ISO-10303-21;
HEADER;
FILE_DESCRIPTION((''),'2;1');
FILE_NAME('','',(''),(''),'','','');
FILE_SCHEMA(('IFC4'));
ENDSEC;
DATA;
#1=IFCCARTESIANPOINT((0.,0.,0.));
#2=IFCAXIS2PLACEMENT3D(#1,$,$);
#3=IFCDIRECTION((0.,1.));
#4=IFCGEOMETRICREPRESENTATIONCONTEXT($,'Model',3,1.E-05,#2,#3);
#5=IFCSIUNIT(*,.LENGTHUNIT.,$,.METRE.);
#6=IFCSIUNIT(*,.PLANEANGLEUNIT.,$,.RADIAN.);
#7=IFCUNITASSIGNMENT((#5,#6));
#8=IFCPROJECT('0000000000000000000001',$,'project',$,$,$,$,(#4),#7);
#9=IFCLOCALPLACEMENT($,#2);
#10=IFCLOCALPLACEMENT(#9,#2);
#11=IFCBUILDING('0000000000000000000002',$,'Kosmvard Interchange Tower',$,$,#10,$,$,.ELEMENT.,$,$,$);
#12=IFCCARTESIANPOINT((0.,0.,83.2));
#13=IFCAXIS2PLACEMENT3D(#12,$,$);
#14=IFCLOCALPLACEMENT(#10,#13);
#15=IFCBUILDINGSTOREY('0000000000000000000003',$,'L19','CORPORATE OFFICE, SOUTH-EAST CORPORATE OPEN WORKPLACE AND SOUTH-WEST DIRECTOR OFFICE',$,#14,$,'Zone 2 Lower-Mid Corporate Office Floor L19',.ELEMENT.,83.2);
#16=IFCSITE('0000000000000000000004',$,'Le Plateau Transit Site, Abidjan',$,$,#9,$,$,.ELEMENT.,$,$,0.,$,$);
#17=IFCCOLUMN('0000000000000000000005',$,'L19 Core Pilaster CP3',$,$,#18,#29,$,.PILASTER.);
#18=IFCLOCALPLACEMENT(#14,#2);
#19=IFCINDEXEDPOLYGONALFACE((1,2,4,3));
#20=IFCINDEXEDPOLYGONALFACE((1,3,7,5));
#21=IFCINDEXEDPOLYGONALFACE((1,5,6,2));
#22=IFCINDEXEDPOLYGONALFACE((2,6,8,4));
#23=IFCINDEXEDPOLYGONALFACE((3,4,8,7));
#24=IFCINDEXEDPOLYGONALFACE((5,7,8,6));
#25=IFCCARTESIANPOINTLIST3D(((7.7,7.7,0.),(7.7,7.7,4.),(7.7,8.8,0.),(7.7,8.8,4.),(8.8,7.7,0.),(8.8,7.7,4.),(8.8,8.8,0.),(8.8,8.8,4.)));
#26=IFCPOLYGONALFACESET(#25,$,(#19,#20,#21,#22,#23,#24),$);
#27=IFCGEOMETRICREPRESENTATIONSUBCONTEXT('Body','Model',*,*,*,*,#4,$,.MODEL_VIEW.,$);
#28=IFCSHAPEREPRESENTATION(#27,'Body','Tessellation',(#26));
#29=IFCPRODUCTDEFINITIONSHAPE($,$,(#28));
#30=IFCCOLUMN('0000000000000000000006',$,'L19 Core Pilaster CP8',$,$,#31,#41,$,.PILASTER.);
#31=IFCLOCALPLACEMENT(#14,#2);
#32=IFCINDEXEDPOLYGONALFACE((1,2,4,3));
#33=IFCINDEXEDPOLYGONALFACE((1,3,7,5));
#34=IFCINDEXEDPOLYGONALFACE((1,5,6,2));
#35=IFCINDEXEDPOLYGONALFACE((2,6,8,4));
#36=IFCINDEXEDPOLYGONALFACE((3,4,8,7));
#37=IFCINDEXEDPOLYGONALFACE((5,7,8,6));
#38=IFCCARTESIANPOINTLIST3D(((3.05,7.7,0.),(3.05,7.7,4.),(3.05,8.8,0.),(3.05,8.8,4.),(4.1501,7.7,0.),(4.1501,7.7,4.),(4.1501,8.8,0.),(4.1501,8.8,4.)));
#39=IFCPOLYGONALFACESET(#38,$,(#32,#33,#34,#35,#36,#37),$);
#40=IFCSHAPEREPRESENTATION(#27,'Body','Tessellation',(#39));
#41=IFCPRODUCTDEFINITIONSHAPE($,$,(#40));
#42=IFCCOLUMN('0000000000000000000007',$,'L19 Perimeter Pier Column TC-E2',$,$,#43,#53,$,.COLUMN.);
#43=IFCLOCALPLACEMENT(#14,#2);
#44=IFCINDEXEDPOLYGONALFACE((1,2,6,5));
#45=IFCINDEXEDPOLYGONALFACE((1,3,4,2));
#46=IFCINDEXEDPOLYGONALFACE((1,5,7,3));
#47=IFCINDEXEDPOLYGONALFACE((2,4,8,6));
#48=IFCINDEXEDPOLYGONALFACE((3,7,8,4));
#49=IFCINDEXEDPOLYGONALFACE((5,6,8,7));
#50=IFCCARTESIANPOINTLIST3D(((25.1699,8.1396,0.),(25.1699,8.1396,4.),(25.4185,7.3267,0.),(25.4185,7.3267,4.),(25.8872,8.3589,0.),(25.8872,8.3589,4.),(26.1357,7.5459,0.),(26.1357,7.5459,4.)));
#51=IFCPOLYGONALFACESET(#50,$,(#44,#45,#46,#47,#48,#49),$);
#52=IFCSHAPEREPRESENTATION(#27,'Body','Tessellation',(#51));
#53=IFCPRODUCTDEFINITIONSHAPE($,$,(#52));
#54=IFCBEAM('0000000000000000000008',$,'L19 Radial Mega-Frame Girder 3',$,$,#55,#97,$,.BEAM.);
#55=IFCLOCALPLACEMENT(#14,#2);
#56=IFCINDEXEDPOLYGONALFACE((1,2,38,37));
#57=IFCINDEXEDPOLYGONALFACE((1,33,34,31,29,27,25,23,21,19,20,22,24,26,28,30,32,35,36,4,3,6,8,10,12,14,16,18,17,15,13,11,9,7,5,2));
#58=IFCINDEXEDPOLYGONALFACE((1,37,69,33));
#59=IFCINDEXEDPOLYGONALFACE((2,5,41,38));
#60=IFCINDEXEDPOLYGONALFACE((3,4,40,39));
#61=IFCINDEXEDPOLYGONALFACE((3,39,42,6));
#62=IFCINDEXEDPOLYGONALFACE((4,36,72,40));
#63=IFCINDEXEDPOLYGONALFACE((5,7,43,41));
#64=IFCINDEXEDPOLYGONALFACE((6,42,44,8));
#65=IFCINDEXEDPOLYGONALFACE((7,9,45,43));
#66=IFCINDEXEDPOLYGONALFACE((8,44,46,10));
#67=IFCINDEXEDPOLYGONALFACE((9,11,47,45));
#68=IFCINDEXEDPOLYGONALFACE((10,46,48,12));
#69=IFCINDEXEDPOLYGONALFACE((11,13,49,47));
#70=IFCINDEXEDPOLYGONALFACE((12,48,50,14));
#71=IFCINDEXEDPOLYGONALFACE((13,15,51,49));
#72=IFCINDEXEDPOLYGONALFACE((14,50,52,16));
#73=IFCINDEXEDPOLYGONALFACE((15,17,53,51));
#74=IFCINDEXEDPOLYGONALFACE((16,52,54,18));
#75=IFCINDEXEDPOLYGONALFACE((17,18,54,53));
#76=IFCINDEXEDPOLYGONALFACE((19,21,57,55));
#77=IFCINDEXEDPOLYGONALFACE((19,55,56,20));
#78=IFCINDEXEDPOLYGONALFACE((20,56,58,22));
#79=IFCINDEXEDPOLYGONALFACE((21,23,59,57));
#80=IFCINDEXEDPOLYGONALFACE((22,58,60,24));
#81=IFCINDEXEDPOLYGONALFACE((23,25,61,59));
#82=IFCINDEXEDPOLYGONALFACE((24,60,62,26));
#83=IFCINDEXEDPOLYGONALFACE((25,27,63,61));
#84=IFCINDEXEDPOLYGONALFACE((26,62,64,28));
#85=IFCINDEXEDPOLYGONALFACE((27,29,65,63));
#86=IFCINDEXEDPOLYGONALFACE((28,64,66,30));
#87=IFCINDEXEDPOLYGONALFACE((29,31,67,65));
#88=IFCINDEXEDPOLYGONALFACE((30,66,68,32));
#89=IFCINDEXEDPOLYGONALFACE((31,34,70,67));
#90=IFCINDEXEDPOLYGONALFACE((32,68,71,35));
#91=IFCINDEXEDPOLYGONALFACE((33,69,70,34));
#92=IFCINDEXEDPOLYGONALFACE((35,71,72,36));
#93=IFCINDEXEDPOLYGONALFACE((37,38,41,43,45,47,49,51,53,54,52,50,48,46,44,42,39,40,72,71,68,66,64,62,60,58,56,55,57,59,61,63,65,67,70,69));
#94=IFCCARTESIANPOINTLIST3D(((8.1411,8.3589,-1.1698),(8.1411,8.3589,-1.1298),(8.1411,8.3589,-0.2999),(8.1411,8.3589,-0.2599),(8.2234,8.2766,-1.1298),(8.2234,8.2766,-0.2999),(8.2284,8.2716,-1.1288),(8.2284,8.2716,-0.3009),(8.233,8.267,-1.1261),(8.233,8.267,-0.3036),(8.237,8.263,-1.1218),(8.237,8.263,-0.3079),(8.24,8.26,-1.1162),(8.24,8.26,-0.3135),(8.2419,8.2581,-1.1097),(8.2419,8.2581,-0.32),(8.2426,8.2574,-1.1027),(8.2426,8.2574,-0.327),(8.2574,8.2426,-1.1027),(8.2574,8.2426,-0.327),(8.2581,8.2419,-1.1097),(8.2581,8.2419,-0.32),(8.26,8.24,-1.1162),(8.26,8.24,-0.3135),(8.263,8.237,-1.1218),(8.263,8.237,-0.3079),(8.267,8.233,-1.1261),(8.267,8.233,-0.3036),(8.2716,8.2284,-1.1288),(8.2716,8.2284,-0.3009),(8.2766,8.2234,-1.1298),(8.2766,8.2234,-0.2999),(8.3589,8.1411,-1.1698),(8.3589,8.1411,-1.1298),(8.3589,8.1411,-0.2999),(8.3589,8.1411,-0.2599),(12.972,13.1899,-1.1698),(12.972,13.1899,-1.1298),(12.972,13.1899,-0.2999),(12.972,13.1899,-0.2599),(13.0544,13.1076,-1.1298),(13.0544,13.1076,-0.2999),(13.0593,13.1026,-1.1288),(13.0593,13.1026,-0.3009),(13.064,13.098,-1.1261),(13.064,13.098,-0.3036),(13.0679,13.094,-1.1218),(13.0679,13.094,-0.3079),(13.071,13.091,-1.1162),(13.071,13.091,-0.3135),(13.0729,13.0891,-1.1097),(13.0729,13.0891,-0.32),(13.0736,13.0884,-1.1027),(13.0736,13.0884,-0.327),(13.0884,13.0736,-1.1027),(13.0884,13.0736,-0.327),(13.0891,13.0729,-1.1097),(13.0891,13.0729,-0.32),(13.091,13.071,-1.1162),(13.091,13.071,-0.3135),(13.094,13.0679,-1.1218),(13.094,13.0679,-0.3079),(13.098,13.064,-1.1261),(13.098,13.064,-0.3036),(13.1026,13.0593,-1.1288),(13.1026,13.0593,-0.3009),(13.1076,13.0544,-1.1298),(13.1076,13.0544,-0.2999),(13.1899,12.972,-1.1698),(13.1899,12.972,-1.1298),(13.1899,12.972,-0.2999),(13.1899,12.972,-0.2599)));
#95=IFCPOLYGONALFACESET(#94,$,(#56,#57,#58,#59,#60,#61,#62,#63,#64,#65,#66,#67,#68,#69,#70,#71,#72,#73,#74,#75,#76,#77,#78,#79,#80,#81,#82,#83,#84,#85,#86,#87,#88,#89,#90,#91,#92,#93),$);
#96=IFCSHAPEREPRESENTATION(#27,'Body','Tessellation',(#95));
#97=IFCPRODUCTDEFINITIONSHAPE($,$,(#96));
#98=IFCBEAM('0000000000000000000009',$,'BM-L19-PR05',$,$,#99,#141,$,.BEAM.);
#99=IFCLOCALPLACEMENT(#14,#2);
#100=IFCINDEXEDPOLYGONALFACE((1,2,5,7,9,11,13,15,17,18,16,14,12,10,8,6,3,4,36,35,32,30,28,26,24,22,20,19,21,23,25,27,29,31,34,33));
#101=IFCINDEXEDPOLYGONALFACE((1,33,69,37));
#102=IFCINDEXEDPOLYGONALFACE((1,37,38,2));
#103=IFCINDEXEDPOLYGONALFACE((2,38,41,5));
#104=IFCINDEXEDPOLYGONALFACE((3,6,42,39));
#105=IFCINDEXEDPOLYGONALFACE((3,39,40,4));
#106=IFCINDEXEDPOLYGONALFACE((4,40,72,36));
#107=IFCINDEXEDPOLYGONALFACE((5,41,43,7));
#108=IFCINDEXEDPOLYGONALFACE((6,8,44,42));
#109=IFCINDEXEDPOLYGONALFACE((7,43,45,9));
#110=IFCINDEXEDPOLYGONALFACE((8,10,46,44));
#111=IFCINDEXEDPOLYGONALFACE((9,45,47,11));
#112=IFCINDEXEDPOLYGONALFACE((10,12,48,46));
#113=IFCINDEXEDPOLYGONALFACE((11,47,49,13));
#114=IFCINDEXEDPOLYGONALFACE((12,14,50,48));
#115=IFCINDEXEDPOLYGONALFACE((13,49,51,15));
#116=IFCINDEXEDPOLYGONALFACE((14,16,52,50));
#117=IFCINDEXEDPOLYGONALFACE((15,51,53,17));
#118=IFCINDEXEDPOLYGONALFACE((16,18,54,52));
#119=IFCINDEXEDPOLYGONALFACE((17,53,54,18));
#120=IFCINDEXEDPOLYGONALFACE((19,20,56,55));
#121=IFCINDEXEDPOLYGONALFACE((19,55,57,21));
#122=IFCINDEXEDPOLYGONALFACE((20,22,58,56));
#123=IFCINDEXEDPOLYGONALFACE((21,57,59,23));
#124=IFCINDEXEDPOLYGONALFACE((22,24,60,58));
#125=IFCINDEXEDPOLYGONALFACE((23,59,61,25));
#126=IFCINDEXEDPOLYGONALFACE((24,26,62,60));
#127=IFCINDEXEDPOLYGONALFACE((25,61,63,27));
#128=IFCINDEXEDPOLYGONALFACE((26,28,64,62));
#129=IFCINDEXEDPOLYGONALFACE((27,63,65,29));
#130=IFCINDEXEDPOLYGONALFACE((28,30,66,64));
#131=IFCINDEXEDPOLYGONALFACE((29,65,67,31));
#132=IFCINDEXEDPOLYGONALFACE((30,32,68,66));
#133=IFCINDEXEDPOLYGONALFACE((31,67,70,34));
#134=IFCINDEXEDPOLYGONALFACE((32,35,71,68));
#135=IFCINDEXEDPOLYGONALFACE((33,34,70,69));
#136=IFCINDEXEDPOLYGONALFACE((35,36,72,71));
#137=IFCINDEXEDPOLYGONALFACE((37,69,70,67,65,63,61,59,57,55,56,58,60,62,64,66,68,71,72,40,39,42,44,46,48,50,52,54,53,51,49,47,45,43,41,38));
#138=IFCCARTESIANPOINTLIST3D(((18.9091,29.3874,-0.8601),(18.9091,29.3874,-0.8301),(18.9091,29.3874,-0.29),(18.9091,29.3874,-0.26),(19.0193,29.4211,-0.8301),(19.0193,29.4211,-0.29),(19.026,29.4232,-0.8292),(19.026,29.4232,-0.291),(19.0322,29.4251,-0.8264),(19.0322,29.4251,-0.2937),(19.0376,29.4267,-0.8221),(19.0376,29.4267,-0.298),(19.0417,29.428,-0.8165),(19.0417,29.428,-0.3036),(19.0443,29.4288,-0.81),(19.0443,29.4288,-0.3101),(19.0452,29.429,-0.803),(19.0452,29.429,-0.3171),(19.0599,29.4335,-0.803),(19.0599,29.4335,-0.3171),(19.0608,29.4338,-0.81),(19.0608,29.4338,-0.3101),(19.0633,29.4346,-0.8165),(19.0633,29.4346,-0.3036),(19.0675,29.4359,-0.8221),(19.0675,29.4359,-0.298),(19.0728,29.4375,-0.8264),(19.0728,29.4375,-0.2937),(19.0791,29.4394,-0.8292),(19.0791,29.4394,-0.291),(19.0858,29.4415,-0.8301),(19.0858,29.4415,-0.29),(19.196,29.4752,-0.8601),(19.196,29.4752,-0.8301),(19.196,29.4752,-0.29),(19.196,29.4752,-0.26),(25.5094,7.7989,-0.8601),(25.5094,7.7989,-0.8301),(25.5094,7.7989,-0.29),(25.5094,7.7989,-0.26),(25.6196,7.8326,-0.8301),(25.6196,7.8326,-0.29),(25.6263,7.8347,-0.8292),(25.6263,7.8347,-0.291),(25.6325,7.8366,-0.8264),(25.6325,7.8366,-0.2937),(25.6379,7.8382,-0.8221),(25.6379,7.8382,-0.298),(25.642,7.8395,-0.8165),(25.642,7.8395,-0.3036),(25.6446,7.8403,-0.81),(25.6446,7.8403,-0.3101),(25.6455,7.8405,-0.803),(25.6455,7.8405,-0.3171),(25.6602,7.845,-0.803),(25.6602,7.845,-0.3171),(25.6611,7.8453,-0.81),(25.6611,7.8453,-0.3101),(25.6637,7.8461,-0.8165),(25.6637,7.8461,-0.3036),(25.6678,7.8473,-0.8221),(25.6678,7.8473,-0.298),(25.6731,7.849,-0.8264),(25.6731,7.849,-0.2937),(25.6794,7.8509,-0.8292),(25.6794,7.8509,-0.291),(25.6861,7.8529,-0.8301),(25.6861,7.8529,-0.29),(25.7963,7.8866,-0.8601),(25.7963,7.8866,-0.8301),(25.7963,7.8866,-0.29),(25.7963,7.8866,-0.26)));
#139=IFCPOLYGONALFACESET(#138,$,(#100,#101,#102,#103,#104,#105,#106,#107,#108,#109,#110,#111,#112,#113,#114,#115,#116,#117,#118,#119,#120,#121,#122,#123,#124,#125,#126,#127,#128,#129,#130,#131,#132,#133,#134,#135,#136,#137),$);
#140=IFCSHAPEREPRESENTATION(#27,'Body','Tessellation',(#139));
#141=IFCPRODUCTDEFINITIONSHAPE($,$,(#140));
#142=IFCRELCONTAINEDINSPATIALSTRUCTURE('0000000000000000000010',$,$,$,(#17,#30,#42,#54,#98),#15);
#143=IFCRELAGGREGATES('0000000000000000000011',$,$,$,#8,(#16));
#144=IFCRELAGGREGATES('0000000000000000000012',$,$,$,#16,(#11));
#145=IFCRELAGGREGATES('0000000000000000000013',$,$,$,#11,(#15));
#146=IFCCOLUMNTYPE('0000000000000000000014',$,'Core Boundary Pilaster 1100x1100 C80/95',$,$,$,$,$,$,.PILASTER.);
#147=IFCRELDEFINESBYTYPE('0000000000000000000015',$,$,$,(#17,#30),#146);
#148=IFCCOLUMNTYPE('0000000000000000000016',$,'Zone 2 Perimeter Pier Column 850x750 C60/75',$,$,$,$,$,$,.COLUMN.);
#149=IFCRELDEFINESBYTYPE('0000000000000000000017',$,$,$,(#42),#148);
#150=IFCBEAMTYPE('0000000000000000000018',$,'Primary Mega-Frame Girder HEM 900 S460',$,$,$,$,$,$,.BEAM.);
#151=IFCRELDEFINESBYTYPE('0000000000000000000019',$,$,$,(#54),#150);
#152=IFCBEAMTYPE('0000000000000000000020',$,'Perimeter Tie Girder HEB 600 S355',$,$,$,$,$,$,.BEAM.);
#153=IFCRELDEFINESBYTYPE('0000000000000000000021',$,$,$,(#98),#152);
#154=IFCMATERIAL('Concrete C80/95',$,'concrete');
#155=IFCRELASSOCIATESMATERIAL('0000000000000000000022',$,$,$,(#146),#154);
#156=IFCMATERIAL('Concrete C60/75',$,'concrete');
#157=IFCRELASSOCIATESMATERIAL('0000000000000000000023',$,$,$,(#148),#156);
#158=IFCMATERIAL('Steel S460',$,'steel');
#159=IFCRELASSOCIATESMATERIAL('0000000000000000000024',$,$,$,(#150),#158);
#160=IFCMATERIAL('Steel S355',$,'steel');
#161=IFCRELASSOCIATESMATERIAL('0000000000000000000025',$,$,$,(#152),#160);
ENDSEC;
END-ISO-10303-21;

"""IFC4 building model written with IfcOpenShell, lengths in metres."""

from ifc_helpers import new_model, si_unit, direction, frame, origin, origin_2d, place, context, subcontext, project, spatial, rectangle, i_section, extrude, source, transform, mapped, material, material_profile, profile_set, type_object, element, save


model = new_model("IFC4")

# Units and contexts
model_context = context("Model", 3, precision=1e-05, world=origin(), true_north=direction((0.0, 1.0)))
body_context = subcontext(model_context, "Body", "Model", "MODEL_VIEW")
ifc_project = project(units=[si_unit("LENGTHUNIT", "METRE"), si_unit("PLANEANGLEUNIT", "RADIAN")], contexts=[model_context])

# Site, building, storey
site_placement = place(None, origin())
site = spatial("IfcSite", under=ifc_project, at=site_placement, Name="Le Plateau Transit Site, Abidjan", CompositionType="ELEMENT", RefElevation=0.0)
building_placement = place(site_placement, origin())
building = spatial("IfcBuilding", under=site, at=building_placement, Name="Kosmvard Interchange Tower", CompositionType="ELEMENT")
storey_placement = place(building_placement, frame((0.0, 0.0, 83.2)))
storey = spatial("IfcBuildingStorey", under=building, at=storey_placement, Name="L19", Description="CORPORATE OFFICE, SOUTH-EAST CORPORATE OPEN WORKPLACE AND SOUTH-WEST DIRECTOR OFFICE", LongName="Zone 2 Lower-Mid Corporate Office Floor L19", CompositionType="ELEMENT", Elevation=83.2)

# Columns
ifc_material_1 = material(Name="Concrete C80/95", Category="concrete")
ifc_material_profile_1 = material_profile(ifc_material_1, rectangle(XDim=1.1001, YDim=1.1001, at=origin_2d()), Name="CP 1100x1100")
ifc_profile_set_1 = profile_set([ifc_material_profile_1], Name="Concrete C80/95")
column_type_1 = type_object("IfcColumnType", Name="Core Boundary Pilaster 1100x1100 C80/95", PredefinedType="PILASTER", material=ifc_profile_set_1)
shared_shape_1 = source(origin(), body_context, "Body", "SweptSolid", [
    extrude(rectangle(XDim=1.1001, YDim=1.1001, at=origin_2d()), origin(), (0.0, 0.0, 1.0), 4.0),
])
for number, where, z_axis, x_axis, name in (
    (1, (8.25, 8.25, 0.0), (0.0, 0.0, 1.0), (1.0, 0.0, 0.0), "L19 Core Pilaster CP3"),
    (2, (3.6001, 8.25, 0.0), (0.0, 0.0, 1.0), (1.0, 0.0, 0.0), "L19 Core Pilaster CP8"),
):
    element("IfcColumn", number, at=place(storey_placement, frame(where, z_axis=z_axis, x_axis=x_axis)), inside=storey, type_object=column_type_1, Name=name, PredefinedType="PILASTER", context=body_context, shape_type="MappedRepresentation", body=[
        mapped(shared_shape_1, transform((0.0, 0.0, 0.0), scale=1.0)),
    ])
ifc_material_2 = material(Name="Concrete C60/75", Category="concrete")
ifc_material_profile_2 = material_profile(ifc_material_2, rectangle(XDim=0.75, YDim=0.8501, at=origin_2d()), Name="TC 850x750")
ifc_profile_set_2 = profile_set([ifc_material_profile_2], Name="Concrete C60/75")
column_type_2 = type_object("IfcColumnType", Name="Zone 2 Perimeter Pier Column 850x750 C60/75", PredefinedType="COLUMN", material=ifc_profile_set_2)
shared_shape_2 = source(origin(), body_context, "Body", "SweptSolid", [
    extrude(rectangle(XDim=0.75, YDim=0.8501, at=origin_2d()), origin(), (0.0, 0.0, 1.0), 4.0),
])
column_placement = place(storey_placement, frame((25.6528, 7.8428, 0.0), z_axis=(0.0, 0.0, 1.0), x_axis=(0.956305, 0.292372, 0.0)))
element("IfcColumn", 3, at=column_placement, inside=storey, type_object=column_type_2, Name="L19 Perimeter Pier Column TC-E2", PredefinedType="COLUMN", context=body_context, shape_type="MappedRepresentation", body=[
    mapped(shared_shape_2, transform((0.0, 0.0, 0.0), scale=1.0)),
])

# Beams
ifc_material_3 = material(Name="Steel S460", Category="steel")
ifc_material_profile_3 = material_profile(ifc_material_3, i_section(OverallWidth=0.3081, OverallDepth=0.9099, WebThickness=0.021, FlangeThickness=0.04, FilletRadius=0.0271, at=origin_2d()), Name="HEM 900")
ifc_profile_set_3 = profile_set([ifc_material_profile_3], Name="Steel S460")
beam_type_1 = type_object("IfcBeamType", Name="Primary Mega-Frame Girder HEM 900 S460", PredefinedType="BEAM", material=ifc_profile_set_3)
shared_shape_3 = source(origin(), body_context, "Body", "SweptSolid", [
    extrude(i_section(OverallWidth=0.3081, OverallDepth=0.9099, WebThickness=0.021, FlangeThickness=0.04, FilletRadius=0.0271, at=origin_2d()), origin(), (0.0, 0.0, 1.0), 6.832),
])
beam_1_placement = place(storey_placement, frame((8.25, 8.25, -0.7148), z_axis=(0.707107, 0.707107, 0.0), x_axis=(-0.707107, 0.707107, 0.0)))
element("IfcBeam", 4, at=beam_1_placement, inside=storey, type_object=beam_type_1, Name="L19 Radial Mega-Frame Girder 3", PredefinedType="BEAM", context=body_context, shape_type="MappedRepresentation", body=[
    mapped(shared_shape_3, transform((0.0, 0.0, 0.0), scale=1.0)),
])
ifc_material_4 = material(Name="Steel S355", Category="steel")
ifc_material_profile_4 = material_profile(ifc_material_4, i_section(OverallWidth=0.3, OverallDepth=0.6001, WebThickness=0.0154, FlangeThickness=0.03, FilletRadius=0.0271, at=origin_2d()), Name="HEB 600")
ifc_profile_set_4 = profile_set([ifc_material_profile_4], Name="Steel S355")
beam_type_2 = type_object("IfcBeamType", Name="Perimeter Tie Girder HEB 600 S355", PredefinedType="BEAM", material=ifc_profile_set_4)
shared_shape_4 = source(origin(), body_context, "Body", "SweptSolid", [
    extrude(i_section(OverallWidth=0.3, OverallDepth=0.6001, WebThickness=0.0154, FlangeThickness=0.03, FilletRadius=0.0271, at=origin_2d()), origin(), (0.0, 0.0, 1.0), 22.575),
])
beam_2_placement = place(storey_placement, frame((25.6528, 7.8428, -0.5601), z_axis=(-0.292373, 0.956304, 0.0), x_axis=(-0.956304, -0.292373, 0.0)))
element("IfcBeam", 5, at=beam_2_placement, inside=storey, type_object=beam_type_2, Name="BM-L19-PR05", PredefinedType="BEAM", context=body_context, shape_type="MappedRepresentation", body=[
    mapped(shared_shape_4, transform((0.0, 0.0, 0.0), scale=1.0)),
])

save(model, "model.ifc")
